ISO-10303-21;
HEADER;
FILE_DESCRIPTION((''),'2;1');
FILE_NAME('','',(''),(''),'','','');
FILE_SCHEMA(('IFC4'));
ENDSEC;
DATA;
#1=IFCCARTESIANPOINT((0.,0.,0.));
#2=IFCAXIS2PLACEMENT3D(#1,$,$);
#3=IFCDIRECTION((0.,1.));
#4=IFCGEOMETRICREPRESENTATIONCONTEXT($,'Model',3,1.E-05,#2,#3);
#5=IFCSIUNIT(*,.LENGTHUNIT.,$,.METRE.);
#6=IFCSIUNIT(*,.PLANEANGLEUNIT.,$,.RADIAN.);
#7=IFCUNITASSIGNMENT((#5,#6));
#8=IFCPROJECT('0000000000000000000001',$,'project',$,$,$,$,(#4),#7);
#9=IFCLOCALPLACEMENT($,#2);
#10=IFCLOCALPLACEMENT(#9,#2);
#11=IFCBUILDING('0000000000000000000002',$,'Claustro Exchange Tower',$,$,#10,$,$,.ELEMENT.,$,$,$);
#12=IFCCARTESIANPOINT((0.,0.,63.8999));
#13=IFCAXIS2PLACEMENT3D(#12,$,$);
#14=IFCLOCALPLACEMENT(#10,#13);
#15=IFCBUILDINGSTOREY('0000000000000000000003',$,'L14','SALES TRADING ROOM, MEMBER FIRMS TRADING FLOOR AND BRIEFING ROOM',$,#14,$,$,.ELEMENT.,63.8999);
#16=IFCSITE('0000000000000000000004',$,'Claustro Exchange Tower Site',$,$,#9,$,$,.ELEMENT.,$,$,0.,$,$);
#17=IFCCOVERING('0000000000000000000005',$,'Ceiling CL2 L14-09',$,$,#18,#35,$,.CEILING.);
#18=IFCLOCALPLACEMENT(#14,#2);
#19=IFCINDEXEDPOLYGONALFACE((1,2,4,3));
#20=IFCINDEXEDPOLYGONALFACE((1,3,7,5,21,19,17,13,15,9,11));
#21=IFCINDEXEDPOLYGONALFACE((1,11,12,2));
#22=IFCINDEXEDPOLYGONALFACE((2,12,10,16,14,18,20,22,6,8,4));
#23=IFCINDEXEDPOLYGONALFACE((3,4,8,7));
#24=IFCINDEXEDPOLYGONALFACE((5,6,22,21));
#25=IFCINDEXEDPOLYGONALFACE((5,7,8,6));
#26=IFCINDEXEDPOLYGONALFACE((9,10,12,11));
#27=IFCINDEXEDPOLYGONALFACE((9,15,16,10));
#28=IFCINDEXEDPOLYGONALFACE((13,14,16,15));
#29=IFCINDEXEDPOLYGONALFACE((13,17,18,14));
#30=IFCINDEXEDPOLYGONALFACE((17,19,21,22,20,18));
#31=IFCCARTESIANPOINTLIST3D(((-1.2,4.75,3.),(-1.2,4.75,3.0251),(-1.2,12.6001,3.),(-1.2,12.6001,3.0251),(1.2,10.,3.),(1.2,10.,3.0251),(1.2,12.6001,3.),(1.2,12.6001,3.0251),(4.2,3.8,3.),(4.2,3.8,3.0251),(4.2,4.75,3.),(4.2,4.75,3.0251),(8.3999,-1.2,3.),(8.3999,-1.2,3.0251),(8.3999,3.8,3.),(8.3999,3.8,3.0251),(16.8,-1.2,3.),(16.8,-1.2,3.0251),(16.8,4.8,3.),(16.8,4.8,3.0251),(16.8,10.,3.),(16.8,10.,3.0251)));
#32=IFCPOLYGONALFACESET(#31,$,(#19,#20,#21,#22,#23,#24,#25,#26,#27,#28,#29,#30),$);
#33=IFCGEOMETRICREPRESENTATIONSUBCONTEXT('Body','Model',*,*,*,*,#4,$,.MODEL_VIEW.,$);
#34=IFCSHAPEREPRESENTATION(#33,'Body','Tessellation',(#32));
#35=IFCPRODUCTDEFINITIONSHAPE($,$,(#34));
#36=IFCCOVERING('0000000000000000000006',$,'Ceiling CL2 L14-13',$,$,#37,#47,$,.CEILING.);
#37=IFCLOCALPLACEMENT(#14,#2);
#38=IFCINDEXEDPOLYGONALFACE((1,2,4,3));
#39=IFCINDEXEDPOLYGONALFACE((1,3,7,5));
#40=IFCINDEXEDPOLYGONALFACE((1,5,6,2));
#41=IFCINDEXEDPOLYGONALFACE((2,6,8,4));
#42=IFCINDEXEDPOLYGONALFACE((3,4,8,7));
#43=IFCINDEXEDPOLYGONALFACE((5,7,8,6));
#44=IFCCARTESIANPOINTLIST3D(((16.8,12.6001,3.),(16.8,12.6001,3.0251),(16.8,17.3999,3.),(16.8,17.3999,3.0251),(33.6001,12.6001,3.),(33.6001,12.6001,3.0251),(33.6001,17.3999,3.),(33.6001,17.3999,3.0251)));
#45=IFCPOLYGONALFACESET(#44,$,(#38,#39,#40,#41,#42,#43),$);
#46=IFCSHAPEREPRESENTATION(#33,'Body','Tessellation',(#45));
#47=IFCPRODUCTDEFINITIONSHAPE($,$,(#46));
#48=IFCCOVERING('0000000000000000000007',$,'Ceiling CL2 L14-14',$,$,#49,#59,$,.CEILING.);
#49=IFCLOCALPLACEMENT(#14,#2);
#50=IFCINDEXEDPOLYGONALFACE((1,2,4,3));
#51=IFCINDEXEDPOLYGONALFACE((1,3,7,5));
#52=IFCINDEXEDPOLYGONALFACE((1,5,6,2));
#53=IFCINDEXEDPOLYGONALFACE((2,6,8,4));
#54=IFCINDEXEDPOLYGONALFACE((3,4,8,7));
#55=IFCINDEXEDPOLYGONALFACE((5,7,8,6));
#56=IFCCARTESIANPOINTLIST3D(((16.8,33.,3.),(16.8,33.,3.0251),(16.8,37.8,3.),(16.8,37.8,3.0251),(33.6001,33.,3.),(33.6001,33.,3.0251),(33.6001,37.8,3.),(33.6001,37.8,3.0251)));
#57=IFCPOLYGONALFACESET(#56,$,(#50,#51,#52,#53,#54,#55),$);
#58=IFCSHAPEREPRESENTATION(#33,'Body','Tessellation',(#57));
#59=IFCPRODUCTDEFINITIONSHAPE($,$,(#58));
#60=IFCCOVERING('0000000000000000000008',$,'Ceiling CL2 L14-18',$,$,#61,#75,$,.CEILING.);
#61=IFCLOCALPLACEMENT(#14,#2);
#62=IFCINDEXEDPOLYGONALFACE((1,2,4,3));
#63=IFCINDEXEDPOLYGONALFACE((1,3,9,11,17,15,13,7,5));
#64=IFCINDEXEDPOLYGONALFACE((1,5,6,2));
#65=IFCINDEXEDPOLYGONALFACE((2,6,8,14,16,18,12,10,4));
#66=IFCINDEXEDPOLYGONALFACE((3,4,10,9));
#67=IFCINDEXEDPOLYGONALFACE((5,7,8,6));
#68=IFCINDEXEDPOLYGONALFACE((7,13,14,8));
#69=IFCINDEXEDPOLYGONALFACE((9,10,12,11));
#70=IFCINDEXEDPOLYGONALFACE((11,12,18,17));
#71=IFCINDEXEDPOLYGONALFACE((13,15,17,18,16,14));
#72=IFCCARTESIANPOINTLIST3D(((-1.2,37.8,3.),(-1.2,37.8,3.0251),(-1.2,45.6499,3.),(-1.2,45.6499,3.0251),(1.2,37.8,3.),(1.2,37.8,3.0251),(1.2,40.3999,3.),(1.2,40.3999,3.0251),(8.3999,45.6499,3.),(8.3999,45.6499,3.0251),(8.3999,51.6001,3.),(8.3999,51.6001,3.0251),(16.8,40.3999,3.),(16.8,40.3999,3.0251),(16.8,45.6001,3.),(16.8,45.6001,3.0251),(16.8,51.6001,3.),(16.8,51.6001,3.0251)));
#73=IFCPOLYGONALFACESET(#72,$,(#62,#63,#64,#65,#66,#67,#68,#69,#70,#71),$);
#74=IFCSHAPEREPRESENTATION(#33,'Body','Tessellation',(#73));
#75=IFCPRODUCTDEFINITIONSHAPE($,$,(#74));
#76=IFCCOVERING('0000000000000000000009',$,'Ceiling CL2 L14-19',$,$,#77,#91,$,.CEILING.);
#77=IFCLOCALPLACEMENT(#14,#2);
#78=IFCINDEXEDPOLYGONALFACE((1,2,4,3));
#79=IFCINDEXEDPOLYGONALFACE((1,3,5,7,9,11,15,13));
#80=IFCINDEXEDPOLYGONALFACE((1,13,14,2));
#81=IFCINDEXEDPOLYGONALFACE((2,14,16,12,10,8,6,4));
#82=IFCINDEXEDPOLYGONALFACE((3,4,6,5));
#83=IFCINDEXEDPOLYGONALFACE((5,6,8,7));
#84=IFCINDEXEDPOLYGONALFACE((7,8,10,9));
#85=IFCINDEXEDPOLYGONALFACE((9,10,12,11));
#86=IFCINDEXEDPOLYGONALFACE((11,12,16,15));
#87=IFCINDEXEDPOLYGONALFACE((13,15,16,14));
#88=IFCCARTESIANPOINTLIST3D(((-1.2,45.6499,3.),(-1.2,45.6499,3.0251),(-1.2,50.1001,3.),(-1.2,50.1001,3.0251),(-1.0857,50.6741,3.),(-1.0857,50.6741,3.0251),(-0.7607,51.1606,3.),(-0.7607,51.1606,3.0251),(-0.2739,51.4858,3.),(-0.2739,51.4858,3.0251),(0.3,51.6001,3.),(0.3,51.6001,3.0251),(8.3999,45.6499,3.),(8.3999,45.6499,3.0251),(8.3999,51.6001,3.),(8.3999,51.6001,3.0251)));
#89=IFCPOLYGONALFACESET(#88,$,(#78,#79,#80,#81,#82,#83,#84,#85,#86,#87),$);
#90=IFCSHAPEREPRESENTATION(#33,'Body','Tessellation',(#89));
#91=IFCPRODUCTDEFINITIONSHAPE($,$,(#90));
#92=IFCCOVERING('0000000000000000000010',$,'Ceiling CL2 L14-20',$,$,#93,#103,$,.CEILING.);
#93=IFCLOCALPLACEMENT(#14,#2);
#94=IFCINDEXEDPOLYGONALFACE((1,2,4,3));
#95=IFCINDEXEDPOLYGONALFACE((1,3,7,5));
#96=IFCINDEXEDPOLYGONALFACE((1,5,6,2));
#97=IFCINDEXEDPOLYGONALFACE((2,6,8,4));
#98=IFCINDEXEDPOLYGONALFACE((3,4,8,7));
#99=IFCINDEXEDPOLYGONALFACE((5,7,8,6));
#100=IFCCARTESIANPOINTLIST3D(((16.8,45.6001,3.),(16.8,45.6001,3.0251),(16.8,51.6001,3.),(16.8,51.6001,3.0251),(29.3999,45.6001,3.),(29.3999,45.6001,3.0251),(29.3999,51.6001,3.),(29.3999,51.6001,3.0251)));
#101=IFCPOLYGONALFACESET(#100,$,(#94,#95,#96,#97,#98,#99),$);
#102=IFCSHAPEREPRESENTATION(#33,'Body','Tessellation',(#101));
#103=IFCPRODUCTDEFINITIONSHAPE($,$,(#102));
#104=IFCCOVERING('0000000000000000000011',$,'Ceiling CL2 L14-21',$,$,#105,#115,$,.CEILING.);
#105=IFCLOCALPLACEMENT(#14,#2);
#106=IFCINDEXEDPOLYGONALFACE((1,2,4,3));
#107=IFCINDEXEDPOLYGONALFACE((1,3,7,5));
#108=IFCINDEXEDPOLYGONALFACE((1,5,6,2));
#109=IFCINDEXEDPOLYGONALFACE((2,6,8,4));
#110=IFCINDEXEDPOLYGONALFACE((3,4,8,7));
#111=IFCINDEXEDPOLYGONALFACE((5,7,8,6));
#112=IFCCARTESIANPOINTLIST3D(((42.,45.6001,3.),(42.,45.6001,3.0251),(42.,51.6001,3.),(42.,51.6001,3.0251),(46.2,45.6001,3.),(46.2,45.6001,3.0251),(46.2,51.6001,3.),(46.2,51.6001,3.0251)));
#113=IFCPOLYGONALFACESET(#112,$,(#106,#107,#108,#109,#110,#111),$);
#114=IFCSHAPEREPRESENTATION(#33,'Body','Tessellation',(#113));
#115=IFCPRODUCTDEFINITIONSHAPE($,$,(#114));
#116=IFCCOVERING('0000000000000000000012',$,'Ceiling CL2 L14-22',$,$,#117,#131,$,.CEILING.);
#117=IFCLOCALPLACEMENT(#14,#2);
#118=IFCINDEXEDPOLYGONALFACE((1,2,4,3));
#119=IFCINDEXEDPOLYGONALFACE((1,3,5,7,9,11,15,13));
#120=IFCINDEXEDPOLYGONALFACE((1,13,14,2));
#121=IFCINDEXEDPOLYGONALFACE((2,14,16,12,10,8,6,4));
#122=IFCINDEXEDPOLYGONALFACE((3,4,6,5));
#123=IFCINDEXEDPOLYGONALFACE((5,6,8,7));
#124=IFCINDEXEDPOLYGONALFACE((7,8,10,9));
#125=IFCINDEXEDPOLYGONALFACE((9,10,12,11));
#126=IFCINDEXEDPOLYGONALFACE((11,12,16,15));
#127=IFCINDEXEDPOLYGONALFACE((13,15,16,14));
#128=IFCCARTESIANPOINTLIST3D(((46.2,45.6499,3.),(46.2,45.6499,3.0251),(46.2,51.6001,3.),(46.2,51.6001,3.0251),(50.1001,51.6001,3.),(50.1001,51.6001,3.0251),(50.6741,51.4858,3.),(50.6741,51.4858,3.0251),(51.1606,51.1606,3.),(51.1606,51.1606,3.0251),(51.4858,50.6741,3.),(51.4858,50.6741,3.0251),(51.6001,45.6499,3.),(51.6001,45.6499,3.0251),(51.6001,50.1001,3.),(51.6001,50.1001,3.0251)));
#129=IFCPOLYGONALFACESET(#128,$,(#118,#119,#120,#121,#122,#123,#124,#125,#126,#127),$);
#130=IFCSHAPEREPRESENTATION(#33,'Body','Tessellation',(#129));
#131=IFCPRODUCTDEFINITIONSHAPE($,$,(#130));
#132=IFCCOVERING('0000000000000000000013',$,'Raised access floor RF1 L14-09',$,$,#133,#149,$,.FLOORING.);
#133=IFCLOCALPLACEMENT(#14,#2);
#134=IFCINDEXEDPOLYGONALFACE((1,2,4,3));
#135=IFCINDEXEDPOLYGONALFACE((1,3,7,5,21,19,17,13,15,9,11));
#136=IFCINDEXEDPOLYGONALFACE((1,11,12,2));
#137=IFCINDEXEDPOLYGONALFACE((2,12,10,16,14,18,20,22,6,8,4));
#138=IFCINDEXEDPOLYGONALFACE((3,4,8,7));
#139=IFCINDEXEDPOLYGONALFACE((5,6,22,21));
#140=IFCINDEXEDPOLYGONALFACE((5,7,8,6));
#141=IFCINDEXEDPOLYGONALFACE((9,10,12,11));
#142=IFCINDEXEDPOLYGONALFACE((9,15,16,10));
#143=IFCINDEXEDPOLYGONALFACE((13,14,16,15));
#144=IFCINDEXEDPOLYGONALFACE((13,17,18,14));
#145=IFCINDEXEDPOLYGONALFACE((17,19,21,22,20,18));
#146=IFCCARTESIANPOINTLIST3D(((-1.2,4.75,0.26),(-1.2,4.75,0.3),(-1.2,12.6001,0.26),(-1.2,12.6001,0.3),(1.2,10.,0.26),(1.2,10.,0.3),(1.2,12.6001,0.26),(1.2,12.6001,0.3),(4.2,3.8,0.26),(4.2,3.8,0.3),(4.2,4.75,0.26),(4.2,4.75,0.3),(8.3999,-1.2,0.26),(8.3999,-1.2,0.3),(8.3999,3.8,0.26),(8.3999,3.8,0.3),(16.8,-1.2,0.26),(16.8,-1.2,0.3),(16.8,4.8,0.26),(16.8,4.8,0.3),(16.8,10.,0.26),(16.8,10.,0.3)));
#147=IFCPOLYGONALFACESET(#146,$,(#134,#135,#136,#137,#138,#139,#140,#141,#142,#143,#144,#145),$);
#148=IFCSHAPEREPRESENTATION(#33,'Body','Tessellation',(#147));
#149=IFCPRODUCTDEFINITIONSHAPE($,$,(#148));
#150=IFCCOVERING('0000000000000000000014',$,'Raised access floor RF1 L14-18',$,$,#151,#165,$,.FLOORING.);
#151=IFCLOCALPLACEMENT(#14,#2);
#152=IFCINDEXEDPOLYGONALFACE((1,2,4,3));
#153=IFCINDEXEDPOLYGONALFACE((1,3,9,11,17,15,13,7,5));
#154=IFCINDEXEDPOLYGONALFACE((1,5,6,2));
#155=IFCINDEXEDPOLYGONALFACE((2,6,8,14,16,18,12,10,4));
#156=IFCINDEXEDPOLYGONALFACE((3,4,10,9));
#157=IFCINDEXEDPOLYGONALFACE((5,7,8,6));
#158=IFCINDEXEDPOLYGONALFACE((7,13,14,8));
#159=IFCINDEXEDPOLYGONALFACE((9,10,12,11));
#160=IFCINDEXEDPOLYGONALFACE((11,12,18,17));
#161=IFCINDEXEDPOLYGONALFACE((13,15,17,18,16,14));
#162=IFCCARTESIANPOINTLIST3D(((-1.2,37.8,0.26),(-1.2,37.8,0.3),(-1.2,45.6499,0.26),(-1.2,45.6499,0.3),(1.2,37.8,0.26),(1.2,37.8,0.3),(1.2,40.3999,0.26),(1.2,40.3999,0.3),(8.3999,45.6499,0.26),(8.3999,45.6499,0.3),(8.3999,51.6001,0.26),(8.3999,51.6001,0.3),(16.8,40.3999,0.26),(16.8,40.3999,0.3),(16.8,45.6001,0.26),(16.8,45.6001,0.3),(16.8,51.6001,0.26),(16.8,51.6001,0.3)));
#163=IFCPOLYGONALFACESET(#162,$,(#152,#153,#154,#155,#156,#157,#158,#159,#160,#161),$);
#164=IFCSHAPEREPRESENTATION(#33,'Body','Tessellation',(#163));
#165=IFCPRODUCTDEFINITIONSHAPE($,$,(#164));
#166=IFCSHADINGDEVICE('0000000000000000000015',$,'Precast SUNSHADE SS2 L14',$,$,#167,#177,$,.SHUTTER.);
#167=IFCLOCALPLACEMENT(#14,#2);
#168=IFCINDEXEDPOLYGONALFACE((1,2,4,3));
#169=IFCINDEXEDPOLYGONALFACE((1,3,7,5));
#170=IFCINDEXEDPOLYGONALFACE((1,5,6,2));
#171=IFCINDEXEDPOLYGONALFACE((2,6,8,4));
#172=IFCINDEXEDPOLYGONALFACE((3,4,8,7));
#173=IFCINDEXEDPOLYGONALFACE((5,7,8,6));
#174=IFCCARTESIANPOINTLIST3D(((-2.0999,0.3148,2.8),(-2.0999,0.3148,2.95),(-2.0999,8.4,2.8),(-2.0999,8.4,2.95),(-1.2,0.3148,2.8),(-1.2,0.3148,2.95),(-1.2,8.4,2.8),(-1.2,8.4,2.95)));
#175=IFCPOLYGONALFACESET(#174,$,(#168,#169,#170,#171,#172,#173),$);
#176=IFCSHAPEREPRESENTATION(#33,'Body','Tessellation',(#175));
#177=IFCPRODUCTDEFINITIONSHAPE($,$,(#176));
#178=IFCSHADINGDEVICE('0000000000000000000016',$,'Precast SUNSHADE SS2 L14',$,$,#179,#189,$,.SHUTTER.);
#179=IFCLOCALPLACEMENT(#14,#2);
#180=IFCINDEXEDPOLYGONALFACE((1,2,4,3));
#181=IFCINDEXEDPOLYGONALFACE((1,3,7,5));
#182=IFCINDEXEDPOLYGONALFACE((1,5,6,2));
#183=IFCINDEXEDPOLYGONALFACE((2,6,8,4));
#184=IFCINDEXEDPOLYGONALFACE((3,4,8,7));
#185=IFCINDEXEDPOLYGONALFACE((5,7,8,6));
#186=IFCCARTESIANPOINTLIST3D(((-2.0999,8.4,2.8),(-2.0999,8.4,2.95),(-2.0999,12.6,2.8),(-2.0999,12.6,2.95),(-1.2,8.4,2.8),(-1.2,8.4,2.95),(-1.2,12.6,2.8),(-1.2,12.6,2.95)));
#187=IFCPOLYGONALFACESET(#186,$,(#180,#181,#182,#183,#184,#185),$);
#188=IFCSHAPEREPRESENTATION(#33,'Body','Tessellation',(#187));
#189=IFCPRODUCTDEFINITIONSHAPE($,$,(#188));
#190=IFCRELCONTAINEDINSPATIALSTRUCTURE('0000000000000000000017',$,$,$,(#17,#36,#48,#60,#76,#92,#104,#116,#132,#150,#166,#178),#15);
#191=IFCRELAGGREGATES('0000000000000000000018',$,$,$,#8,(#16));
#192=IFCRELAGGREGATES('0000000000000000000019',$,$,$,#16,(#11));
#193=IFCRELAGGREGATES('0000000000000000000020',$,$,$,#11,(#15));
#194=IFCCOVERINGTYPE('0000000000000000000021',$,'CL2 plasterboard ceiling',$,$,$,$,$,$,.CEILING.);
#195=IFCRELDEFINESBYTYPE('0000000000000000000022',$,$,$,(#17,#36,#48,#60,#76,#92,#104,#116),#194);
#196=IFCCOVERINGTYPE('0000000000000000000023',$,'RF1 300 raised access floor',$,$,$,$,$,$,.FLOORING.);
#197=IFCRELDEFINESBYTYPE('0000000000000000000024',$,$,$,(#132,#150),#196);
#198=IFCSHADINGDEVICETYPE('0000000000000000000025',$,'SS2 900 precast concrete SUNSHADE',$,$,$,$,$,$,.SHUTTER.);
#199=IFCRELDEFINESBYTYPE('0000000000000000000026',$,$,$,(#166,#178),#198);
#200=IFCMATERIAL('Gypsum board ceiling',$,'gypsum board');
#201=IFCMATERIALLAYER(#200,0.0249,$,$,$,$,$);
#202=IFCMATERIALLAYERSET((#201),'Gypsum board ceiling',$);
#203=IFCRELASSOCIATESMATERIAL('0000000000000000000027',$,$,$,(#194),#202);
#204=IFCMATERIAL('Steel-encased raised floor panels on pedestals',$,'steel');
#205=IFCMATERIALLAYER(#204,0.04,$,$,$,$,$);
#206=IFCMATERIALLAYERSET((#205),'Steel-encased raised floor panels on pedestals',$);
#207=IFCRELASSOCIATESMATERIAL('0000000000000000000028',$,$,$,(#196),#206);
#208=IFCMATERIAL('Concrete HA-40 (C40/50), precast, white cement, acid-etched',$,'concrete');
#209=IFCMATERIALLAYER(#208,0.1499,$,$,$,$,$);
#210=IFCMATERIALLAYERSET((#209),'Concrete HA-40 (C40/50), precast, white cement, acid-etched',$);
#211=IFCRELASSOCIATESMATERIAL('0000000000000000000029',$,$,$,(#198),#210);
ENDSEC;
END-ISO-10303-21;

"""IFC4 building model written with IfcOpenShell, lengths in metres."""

from ifc_helpers import new_model, si_unit, direction, frame, origin, origin_2d, place, context, subcontext, project, spatial, polyline, rectangle, outline, extrude, material, layer, layer_set, type_object, element, save


model = new_model("IFC4")

# Units and contexts
model_context = context("Model", 3, precision=1e-05, world=origin(), true_north=direction((0.0, 1.0)))
body_context = subcontext(model_context, "Body", "Model", "MODEL_VIEW")
ifc_project = project(units=[si_unit("LENGTHUNIT", "METRE"), si_unit("PLANEANGLEUNIT", "RADIAN")], contexts=[model_context])

# Site, building, storey
site_placement = place(None, origin())
site = spatial("IfcSite", under=ifc_project, at=site_placement, Name="Claustro Exchange Tower Site", CompositionType="ELEMENT", RefElevation=0.0)
building_placement = place(site_placement, origin())
building = spatial("IfcBuilding", under=site, at=building_placement, Name="Claustro Exchange Tower", CompositionType="ELEMENT")
storey_placement = place(building_placement, frame((0.0, 0.0, 63.8999)))
storey = spatial("IfcBuildingStorey", under=building, at=storey_placement, Name="L14", Description="SALES TRADING ROOM, MEMBER FIRMS TRADING FLOOR AND BRIEFING ROOM", CompositionType="ELEMENT", Elevation=63.8999)

# Coverings
ifc_material_1 = material(Name="Gypsum board ceiling", Category="gypsum board")
ifc_layer_1 = layer(ifc_material_1, 0.0249)
ifc_layer_set_1 = layer_set([ifc_layer_1], Name="Gypsum board ceiling")
covering_type_1 = type_object("IfcCoveringType", Name="CL2 plasterboard ceiling", PredefinedType="CEILING", material=ifc_layer_set_1)
covering_1_placement = place(storey_placement, frame((0.0, 0.0, 3.0)))
element("IfcCovering", 1, at=covering_1_placement, inside=storey, type_object=covering_type_1, Name="Ceiling CL2 L14-09", PredefinedType="CEILING", context=body_context, shape_type="SweptSolid", body=[
    extrude(outline(polyline([(-1.2, 12.6001), (-1.2, 4.75), (4.2, 4.75), (4.2, 3.8), (8.3999, 3.8), (8.3999, -1.2), (16.8, -1.2), (16.8, 4.8), (16.8, 10.0), (1.2, 10.0), (1.2, 12.6001), (-1.2, 12.6001)])), origin(), (0.0, 0.0, 1.0), 0.0251),
])
covering_2_placement = place(storey_placement, frame((0.0, 0.0, 3.0)))
element("IfcCovering", 2, at=covering_2_placement, inside=storey, type_object=covering_type_1, Name="Ceiling CL2 L14-13", PredefinedType="CEILING", context=body_context, shape_type="SweptSolid", body=[
    extrude(outline(polyline([(16.8, 17.3999), (16.8, 12.6001), (33.6001, 12.6001), (33.6001, 17.3999), (16.8, 17.3999)])), origin(), (0.0, 0.0, 1.0), 0.0251),
])
covering_3_placement = place(storey_placement, frame((0.0, 0.0, 3.0)))
element("IfcCovering", 3, at=covering_3_placement, inside=storey, type_object=covering_type_1, Name="Ceiling CL2 L14-14", PredefinedType="CEILING", context=body_context, shape_type="SweptSolid", body=[
    extrude(outline(polyline([(33.6001, 33.0), (33.6001, 37.8), (16.8, 37.8), (16.8, 33.0), (33.6001, 33.0)])), origin(), (0.0, 0.0, 1.0), 0.0251),
])
covering_4_placement = place(storey_placement, frame((0.0, 0.0, 3.0)))
element("IfcCovering", 4, at=covering_4_placement, inside=storey, type_object=covering_type_1, Name="Ceiling CL2 L14-18", PredefinedType="CEILING", context=body_context, shape_type="SweptSolid", body=[
    extrude(outline(polyline([(-1.2, 45.6499), (-1.2, 37.8), (1.2, 37.8), (1.2, 40.3999), (16.8, 40.3999), (16.8, 45.6001), (16.8, 51.6001), (8.3999, 51.6001), (8.3999, 45.6499), (-1.2, 45.6499)])), origin(), (0.0, 0.0, 1.0), 0.0251),
])
covering_5_placement = place(storey_placement, frame((0.0, 0.0, 3.0)))
element("IfcCovering", 5, at=covering_5_placement, inside=storey, type_object=covering_type_1, Name="Ceiling CL2 L14-19", PredefinedType="CEILING", context=body_context, shape_type="SweptSolid", body=[
    extrude(outline(polyline([(-1.2, 50.1001), (-1.2, 45.6499), (8.3999, 45.6499), (8.3999, 51.6001), (0.3, 51.6001), (-0.2739, 51.4858), (-0.7607, 51.1606), (-1.0857, 50.6741), (-1.2, 50.1001)])), origin(), (0.0, 0.0, 1.0), 0.0251),
])
covering_6_placement = place(storey_placement, frame((0.0, 0.0, 3.0)))
element("IfcCovering", 6, at=covering_6_placement, inside=storey, type_object=covering_type_1, Name="Ceiling CL2 L14-20", PredefinedType="CEILING", context=body_context, shape_type="SweptSolid", body=[
    extrude(outline(polyline([(29.3999, 51.6001), (16.8, 51.6001), (16.8, 45.6001), (29.3999, 45.6001), (29.3999, 51.6001)])), origin(), (0.0, 0.0, 1.0), 0.0251),
])
covering_7_placement = place(storey_placement, frame((0.0, 0.0, 3.0)))
element("IfcCovering", 7, at=covering_7_placement, inside=storey, type_object=covering_type_1, Name="Ceiling CL2 L14-21", PredefinedType="CEILING", context=body_context, shape_type="SweptSolid", body=[
    extrude(outline(polyline([(46.2, 51.6001), (42.0, 51.6001), (42.0, 45.6001), (46.2, 45.6001), (46.2, 51.6001)])), origin(), (0.0, 0.0, 1.0), 0.0251),
])
covering_8_placement = place(storey_placement, frame((0.0, 0.0, 3.0)))
element("IfcCovering", 8, at=covering_8_placement, inside=storey, type_object=covering_type_1, Name="Ceiling CL2 L14-22", PredefinedType="CEILING", context=body_context, shape_type="SweptSolid", body=[
    extrude(outline(polyline([(50.1001, 51.6001), (46.2, 51.6001), (46.2, 45.6499), (51.6001, 45.6499), (51.6001, 50.1001), (51.4858, 50.6741), (51.1606, 51.1606), (50.6741, 51.4858), (50.1001, 51.6001)])), origin(), (0.0, 0.0, 1.0), 0.0251),
])
ifc_material_2 = material(Name="Steel-encased raised floor panels on pedestals", Category="steel")
ifc_layer_2 = layer(ifc_material_2, 0.04)
ifc_layer_set_2 = layer_set([ifc_layer_2], Name="Steel-encased raised floor panels on pedestals")
covering_type_2 = type_object("IfcCoveringType", Name="RF1 300 raised access floor", PredefinedType="FLOORING", material=ifc_layer_set_2)
covering_9_placement = place(storey_placement, frame((0.0, 0.0, 0.26)))
element("IfcCovering", 9, at=covering_9_placement, inside=storey, type_object=covering_type_2, Name="Raised access floor RF1 L14-09", PredefinedType="FLOORING", context=body_context, shape_type="SweptSolid", body=[
    extrude(outline(polyline([(-1.2, 12.6001), (-1.2, 4.75), (4.2, 4.75), (4.2, 3.8), (8.3999, 3.8), (8.3999, -1.2), (16.8, -1.2), (16.8, 4.8), (16.8, 10.0), (1.2, 10.0), (1.2, 12.6001), (-1.2, 12.6001)])), origin(), (0.0, 0.0, 1.0), 0.04),
])
covering_10_placement = place(storey_placement, frame((0.0, 0.0, 0.26)))
element("IfcCovering", 10, at=covering_10_placement, inside=storey, type_object=covering_type_2, Name="Raised access floor RF1 L14-18", PredefinedType="FLOORING", context=body_context, shape_type="SweptSolid", body=[
    extrude(outline(polyline([(-1.2, 45.6499), (-1.2, 37.8), (1.2, 37.8), (1.2, 40.3999), (16.8, 40.3999), (16.8, 45.6001), (16.8, 51.6001), (8.3999, 51.6001), (8.3999, 45.6499), (-1.2, 45.6499)])), origin(), (0.0, 0.0, 1.0), 0.04),
])

# Shading devices
ifc_material_3 = material(Name="Concrete HA-40 (C40/50), precast, white cement, acid-etched", Category="concrete")
ifc_layer_3 = layer(ifc_material_3, 0.1499)
ifc_layer_set_3 = layer_set([ifc_layer_3], Name="Concrete HA-40 (C40/50), precast, white cement, acid-etched")
shading_device_type = type_object("IfcShadingDeviceType", Name="SS2 900 precast concrete SUNSHADE", PredefinedType="SHUTTER", material=ifc_layer_set_3)
shading_device_1_placement = place(storey_placement, frame((-1.6499, 4.3574, 2.8), z_axis=(0.0, 0.0, 1.0), x_axis=(0.0, 1.0, 0.0)))
element("IfcShadingDevice", 11, at=shading_device_1_placement, inside=storey, type_object=shading_device_type, Name="Precast SUNSHADE SS2 L14", PredefinedType="SHUTTER", context=body_context, shape_type="SweptSolid", body=[
    extrude(rectangle(XDim=8.0852, YDim=0.8999, at=origin_2d()), origin(), (0.0, 0.0, 1.0), 0.1499),
])
shading_device_2_placement = place(storey_placement, frame((-1.6499, 10.5, 2.8), z_axis=(0.0, 0.0, 1.0), x_axis=(0.0, 1.0, 0.0)))
element("IfcShadingDevice", 12, at=shading_device_2_placement, inside=storey, type_object=shading_device_type, Name="Precast SUNSHADE SS2 L14", PredefinedType="SHUTTER", context=body_context, shape_type="SweptSolid", body=[
    extrude(rectangle(XDim=4.2, YDim=0.8999, at=origin_2d()), origin(), (0.0, 0.0, 1.0), 0.1499),
])

save(model, "model.ifc")
